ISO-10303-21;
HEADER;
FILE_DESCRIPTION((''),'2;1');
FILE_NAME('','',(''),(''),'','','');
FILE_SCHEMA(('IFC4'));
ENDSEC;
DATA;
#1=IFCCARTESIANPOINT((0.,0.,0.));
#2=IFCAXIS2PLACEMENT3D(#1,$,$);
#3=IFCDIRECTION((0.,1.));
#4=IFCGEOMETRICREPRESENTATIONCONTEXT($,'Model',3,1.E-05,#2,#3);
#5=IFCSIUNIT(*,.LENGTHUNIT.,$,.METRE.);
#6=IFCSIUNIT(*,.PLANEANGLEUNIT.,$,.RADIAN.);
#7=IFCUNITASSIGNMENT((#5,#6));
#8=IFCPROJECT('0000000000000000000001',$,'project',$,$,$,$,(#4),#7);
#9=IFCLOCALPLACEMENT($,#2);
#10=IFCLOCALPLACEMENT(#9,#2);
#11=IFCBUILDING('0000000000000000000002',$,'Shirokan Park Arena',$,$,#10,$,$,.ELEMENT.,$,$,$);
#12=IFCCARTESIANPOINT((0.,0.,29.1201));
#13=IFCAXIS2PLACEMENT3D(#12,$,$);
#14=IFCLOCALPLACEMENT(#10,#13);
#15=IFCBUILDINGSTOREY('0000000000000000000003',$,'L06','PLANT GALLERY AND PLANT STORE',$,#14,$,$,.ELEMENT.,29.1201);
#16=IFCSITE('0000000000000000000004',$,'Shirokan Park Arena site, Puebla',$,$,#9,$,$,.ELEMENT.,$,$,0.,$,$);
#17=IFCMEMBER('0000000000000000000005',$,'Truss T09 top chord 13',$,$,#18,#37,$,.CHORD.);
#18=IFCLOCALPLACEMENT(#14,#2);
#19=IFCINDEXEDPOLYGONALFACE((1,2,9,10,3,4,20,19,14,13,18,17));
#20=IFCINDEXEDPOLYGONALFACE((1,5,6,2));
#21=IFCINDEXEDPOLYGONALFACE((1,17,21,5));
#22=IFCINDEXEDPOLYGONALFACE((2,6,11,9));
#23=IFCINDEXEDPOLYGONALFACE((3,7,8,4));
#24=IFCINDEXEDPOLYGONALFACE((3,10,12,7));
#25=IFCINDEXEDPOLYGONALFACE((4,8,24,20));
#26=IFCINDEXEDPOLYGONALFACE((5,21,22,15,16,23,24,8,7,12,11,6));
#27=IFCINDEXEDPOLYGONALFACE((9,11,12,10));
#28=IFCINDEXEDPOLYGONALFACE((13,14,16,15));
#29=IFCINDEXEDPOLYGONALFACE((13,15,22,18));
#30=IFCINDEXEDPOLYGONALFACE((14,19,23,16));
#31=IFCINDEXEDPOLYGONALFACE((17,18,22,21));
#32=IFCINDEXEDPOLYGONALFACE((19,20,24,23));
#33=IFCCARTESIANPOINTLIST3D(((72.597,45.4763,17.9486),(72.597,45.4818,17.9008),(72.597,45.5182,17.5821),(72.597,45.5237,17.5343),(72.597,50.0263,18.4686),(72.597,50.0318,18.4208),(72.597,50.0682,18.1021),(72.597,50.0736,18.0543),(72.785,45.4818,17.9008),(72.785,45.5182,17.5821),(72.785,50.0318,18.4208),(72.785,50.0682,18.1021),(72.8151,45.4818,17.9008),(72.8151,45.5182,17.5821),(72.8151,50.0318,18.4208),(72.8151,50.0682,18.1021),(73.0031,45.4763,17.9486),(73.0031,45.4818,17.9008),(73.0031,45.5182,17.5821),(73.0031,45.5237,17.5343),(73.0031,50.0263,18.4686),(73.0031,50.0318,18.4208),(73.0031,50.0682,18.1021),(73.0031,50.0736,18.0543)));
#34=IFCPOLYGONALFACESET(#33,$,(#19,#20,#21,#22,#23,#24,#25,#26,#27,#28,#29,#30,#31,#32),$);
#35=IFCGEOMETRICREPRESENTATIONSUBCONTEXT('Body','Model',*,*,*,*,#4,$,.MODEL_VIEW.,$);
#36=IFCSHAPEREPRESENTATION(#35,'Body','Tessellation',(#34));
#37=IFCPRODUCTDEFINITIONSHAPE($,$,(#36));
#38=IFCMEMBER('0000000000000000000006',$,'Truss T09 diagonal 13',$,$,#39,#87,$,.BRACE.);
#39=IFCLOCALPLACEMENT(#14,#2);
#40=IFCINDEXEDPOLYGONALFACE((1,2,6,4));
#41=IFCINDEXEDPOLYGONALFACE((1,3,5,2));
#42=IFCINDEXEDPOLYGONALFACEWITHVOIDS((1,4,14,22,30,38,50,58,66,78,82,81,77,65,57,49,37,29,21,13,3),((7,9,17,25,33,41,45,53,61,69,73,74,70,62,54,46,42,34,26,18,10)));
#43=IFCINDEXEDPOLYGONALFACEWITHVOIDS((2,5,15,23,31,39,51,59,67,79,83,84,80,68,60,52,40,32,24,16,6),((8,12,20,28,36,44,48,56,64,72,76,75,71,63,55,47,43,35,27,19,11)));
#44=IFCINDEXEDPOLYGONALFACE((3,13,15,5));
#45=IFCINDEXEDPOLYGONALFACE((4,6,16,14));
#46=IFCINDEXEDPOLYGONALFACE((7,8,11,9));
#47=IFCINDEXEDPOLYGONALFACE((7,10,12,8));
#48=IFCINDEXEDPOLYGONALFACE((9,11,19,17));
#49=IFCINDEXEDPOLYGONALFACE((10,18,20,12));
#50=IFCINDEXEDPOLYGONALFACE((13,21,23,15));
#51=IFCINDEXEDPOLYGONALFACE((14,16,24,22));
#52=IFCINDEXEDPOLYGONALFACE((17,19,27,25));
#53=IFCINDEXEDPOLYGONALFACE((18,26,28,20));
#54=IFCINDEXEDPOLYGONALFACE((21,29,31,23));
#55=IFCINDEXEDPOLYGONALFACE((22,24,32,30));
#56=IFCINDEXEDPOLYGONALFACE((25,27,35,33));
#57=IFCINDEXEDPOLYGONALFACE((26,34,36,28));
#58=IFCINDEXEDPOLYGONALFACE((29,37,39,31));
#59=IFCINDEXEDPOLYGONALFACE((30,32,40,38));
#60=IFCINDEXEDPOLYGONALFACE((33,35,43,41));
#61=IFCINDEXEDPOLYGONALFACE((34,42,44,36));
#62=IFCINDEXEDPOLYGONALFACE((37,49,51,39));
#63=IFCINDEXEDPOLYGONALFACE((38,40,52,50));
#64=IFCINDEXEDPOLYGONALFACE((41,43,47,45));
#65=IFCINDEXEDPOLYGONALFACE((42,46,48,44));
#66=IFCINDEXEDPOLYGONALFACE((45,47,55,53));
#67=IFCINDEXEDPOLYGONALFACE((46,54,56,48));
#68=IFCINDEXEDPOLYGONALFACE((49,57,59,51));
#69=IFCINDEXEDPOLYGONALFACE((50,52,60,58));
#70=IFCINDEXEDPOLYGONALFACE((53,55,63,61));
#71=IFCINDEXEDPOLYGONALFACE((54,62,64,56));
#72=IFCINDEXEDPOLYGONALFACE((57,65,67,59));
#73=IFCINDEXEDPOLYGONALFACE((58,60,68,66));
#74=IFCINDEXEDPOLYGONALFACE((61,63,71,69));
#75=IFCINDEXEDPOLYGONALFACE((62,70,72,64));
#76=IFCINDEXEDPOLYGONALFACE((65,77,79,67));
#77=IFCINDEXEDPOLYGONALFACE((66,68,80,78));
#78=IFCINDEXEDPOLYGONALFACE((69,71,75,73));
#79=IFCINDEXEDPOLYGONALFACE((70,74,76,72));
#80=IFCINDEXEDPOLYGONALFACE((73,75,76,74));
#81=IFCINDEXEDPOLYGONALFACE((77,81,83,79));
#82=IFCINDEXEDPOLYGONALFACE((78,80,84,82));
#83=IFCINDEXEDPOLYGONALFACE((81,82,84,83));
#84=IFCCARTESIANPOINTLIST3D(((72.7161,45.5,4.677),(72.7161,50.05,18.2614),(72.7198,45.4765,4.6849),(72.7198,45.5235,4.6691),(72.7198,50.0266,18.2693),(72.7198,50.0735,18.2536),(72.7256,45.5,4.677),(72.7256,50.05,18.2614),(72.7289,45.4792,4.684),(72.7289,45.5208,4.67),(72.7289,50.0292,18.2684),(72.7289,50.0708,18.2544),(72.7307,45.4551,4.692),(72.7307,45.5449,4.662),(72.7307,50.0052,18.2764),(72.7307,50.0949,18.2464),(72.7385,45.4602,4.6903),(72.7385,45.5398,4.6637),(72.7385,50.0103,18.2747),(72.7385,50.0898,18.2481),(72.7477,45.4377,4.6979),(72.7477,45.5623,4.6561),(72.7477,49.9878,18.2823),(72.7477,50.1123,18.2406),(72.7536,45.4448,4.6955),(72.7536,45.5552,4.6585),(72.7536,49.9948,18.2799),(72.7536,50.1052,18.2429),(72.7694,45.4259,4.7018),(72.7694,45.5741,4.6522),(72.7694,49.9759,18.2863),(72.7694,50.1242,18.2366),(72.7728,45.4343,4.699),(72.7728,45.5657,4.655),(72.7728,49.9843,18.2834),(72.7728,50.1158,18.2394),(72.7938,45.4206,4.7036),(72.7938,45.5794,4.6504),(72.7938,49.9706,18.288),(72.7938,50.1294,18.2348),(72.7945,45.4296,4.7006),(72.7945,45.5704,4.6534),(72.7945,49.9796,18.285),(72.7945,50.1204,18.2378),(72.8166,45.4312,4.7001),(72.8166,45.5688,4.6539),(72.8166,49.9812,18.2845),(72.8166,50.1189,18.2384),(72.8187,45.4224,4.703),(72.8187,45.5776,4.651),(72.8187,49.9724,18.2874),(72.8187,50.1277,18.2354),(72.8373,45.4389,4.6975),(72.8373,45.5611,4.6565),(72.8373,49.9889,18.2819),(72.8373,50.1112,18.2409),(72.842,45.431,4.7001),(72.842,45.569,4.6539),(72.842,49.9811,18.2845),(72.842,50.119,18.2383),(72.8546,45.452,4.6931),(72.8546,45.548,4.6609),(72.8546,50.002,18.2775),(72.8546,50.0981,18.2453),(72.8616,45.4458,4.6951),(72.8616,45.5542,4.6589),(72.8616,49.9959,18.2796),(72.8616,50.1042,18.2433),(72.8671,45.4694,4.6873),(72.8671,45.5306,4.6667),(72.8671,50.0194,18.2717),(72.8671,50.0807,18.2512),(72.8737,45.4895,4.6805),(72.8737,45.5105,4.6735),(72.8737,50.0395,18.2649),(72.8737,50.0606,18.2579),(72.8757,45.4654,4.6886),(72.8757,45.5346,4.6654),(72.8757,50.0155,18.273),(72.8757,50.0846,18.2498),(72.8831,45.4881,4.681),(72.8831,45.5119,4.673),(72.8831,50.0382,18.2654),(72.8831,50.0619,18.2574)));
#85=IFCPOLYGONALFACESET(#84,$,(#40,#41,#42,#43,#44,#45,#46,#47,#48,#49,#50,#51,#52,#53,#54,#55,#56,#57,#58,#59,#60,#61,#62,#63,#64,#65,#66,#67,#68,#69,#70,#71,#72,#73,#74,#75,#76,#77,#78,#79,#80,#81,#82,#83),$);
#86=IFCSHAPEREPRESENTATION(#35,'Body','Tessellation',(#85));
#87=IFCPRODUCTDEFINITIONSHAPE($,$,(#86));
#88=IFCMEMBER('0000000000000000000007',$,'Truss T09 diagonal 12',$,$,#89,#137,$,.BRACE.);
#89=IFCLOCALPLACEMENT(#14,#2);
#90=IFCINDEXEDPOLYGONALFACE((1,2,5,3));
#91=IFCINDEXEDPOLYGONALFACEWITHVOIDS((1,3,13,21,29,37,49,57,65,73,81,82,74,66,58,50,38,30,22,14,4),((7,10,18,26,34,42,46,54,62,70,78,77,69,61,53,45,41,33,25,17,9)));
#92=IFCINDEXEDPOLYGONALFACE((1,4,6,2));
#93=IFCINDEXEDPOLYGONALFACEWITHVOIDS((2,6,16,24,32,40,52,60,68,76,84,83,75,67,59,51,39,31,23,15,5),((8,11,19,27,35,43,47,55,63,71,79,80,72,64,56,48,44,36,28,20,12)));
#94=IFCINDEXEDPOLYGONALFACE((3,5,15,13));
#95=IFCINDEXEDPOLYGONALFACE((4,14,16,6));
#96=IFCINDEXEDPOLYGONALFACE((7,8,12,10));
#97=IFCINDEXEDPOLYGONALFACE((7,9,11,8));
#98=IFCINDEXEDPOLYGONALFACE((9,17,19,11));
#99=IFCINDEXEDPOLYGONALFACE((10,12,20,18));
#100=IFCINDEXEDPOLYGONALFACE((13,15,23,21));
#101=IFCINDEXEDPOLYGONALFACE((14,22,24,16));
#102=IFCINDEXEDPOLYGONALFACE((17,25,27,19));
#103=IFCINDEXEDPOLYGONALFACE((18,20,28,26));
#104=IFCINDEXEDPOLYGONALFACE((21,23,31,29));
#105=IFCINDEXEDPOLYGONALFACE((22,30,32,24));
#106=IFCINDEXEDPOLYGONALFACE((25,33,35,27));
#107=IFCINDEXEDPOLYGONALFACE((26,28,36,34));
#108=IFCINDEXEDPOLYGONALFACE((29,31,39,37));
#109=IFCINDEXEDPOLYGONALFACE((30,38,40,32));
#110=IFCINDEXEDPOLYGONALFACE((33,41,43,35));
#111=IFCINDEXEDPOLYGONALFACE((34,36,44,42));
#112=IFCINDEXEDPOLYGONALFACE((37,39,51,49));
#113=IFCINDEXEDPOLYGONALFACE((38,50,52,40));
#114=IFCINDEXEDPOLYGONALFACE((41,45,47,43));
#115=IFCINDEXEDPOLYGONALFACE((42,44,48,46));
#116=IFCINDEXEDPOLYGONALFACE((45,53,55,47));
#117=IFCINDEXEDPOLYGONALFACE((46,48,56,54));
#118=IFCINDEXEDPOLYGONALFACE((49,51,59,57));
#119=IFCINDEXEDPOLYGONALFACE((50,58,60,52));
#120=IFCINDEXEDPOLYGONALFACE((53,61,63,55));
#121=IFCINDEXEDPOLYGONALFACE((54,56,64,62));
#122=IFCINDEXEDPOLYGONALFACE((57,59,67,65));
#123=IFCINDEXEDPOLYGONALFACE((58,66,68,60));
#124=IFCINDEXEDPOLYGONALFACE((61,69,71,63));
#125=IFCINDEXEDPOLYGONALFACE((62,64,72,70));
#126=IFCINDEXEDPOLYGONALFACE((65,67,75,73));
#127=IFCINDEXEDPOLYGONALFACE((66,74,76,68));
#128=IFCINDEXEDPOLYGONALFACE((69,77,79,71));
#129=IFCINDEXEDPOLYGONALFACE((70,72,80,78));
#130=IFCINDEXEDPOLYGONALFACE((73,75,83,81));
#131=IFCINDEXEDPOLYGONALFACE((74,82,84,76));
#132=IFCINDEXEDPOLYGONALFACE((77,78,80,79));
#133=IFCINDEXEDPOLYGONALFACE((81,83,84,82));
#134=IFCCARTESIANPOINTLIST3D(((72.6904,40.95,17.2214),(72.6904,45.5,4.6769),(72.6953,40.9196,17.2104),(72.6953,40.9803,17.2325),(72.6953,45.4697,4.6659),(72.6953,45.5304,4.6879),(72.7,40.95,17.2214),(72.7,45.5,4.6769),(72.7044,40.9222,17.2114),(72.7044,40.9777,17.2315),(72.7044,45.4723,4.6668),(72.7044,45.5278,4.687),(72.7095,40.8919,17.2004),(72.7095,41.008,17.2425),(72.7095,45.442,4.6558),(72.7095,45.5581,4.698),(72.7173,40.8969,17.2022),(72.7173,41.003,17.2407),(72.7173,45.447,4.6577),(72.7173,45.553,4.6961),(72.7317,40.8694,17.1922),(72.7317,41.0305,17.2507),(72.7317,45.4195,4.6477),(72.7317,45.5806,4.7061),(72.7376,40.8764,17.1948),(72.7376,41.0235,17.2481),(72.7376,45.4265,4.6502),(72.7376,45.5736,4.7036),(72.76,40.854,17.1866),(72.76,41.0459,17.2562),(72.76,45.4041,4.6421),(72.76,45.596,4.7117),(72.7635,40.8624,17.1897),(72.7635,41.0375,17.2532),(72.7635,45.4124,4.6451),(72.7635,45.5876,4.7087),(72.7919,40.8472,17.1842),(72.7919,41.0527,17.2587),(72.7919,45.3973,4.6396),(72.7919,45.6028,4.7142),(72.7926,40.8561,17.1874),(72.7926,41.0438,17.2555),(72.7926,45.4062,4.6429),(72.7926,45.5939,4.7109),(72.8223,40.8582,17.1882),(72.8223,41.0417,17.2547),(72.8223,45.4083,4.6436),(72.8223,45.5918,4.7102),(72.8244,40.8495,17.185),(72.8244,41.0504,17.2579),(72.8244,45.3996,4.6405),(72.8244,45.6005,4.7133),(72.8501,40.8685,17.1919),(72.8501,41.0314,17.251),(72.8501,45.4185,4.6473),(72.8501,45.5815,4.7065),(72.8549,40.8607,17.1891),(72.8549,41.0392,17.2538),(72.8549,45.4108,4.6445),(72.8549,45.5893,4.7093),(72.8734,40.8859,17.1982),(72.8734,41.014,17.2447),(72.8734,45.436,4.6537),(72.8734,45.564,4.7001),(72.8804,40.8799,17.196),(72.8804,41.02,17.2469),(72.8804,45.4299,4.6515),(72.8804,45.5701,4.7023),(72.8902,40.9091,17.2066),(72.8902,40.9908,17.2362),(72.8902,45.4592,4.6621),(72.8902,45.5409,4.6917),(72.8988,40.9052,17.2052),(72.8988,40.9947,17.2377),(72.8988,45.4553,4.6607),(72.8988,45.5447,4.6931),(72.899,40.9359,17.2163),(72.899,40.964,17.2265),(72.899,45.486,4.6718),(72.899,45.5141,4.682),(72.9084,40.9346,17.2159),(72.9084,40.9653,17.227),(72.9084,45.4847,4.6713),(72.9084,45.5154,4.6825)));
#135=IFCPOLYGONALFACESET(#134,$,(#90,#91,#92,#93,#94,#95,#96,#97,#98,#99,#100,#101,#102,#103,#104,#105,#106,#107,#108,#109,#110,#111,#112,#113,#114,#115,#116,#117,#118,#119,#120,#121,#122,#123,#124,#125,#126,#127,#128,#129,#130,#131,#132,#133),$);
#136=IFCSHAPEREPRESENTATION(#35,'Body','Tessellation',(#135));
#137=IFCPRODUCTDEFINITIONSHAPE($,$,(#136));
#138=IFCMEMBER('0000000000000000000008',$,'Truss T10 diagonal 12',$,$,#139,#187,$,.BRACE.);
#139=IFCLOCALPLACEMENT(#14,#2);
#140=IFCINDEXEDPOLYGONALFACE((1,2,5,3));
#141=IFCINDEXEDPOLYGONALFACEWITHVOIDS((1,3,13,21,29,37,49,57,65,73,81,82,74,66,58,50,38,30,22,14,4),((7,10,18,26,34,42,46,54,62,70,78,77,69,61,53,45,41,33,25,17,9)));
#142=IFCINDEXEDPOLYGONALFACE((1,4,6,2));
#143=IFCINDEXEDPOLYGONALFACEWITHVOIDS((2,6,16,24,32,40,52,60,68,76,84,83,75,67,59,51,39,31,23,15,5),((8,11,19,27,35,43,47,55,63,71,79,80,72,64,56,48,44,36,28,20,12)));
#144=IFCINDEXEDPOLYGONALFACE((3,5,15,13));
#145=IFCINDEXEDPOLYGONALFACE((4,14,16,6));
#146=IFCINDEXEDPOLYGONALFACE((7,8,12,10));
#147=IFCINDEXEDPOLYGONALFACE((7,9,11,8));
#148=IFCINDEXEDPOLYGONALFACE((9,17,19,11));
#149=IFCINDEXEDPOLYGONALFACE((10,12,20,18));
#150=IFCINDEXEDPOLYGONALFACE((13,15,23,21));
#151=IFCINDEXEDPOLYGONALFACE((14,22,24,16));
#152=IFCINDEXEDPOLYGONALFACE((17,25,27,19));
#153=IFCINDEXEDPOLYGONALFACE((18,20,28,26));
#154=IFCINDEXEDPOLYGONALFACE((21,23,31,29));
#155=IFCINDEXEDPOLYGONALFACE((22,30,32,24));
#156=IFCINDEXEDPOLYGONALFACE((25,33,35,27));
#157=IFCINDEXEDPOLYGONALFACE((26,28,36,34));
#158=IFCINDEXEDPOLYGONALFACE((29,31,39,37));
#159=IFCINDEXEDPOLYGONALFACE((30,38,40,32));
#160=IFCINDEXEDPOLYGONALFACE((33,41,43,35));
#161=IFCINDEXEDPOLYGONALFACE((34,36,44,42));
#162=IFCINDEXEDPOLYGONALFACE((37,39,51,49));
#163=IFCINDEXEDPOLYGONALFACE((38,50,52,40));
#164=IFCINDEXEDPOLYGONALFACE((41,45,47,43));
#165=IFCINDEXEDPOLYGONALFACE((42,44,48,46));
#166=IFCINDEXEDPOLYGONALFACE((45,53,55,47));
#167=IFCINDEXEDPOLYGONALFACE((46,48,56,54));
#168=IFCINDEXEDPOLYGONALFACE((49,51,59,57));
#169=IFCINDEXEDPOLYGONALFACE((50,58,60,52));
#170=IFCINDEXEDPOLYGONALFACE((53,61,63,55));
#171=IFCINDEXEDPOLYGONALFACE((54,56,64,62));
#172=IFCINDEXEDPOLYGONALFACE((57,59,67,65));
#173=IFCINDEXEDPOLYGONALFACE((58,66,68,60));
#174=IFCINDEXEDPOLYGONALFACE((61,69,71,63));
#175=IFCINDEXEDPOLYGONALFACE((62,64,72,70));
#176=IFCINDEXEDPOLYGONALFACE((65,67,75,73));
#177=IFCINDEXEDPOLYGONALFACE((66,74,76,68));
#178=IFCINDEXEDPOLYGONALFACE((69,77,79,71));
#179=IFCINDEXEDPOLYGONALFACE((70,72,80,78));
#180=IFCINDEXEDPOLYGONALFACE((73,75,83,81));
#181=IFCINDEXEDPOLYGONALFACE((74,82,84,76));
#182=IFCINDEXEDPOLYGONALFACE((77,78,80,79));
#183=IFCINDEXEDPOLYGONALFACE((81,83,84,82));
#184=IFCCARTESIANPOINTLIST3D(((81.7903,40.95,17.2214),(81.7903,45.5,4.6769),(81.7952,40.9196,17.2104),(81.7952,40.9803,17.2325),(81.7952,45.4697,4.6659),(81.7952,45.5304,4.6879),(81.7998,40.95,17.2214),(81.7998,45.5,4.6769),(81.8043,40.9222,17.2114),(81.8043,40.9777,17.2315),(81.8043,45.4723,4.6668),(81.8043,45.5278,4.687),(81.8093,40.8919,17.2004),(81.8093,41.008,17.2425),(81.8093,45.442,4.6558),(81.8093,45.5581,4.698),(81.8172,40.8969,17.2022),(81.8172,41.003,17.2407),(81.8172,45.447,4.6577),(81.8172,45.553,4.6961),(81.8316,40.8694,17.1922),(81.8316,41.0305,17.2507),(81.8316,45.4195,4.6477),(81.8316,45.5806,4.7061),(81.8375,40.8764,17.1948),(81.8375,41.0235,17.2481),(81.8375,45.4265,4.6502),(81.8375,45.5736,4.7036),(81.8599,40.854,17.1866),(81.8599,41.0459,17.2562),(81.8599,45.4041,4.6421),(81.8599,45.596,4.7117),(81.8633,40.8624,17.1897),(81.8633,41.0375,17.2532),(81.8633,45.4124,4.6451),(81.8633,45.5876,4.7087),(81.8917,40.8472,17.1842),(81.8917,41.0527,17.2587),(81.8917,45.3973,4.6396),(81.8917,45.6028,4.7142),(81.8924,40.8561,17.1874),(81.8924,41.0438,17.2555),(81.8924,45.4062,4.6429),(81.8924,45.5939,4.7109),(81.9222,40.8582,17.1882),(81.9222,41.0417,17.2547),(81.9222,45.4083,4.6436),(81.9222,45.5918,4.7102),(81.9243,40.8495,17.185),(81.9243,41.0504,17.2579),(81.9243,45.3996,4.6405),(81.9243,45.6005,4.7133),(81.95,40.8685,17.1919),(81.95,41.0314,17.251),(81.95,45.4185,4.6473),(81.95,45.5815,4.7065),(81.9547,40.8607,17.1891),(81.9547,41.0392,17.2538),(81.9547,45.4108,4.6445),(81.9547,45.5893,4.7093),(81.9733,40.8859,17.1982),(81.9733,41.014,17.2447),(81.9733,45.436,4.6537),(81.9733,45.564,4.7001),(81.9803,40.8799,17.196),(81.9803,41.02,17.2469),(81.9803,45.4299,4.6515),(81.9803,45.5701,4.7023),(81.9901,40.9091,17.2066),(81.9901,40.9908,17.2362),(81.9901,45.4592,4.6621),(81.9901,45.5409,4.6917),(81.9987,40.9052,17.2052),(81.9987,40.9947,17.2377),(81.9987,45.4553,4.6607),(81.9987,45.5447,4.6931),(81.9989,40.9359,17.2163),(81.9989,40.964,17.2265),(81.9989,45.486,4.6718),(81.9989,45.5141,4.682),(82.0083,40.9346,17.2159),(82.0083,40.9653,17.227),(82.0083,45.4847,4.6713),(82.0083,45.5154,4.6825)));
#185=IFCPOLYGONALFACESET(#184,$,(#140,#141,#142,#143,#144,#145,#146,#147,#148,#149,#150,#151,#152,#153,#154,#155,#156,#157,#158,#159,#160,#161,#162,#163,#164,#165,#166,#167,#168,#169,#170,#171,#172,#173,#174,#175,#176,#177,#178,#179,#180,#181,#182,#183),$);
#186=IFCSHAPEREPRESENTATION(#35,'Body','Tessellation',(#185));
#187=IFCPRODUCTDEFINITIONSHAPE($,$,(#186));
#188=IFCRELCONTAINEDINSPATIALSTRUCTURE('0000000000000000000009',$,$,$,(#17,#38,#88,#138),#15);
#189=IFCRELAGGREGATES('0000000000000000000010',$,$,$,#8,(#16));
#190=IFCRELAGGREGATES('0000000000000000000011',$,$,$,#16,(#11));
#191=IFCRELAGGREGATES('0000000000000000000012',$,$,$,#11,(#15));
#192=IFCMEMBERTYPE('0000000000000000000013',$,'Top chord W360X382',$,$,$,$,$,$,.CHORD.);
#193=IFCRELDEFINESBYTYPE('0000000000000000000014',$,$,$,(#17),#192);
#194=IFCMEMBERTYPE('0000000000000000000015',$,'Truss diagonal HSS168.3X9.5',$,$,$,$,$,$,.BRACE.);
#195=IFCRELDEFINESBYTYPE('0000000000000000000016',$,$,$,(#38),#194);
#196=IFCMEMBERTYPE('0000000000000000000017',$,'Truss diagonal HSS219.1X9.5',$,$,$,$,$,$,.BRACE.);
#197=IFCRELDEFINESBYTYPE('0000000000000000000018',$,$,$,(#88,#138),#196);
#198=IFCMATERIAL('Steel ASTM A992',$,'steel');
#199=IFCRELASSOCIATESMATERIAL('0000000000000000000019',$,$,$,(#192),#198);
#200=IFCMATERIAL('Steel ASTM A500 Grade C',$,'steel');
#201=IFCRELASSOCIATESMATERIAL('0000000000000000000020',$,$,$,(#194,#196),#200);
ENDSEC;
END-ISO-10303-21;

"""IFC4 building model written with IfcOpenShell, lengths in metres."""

from ifc_helpers import new_model, si_unit, direction, frame, origin, origin_2d, place, context, subcontext, project, spatial, hollow_circle, i_section, extrude, material, material_profile, profile_set, type_object, element, save


model = new_model("IFC4")

# Units and contexts
model_context = context("Model", 3, precision=1e-05, world=origin(), true_north=direction((0.0, 1.0)))
body_context = subcontext(model_context, "Body", "Model", "MODEL_VIEW")
ifc_project = project(units=[si_unit("LENGTHUNIT", "METRE"), si_unit("PLANEANGLEUNIT", "RADIAN")], contexts=[model_context])

# Site, building, storey
site_placement = place(None, origin())
site = spatial("IfcSite", under=ifc_project, at=site_placement, Name="Shirokan Park Arena site, Puebla", CompositionType="ELEMENT", RefElevation=0.0)
building_placement = place(site_placement, origin())
building = spatial("IfcBuilding", under=site, at=building_placement, Name="Shirokan Park Arena", CompositionType="ELEMENT")
storey_placement = place(building_placement, frame((0.0, 0.0, 29.1201)))
storey = spatial("IfcBuildingStorey", under=building, at=storey_placement, Name="L06", Description="PLANT GALLERY AND PLANT STORE", CompositionType="ELEMENT", Elevation=29.1201)

# Members
ifc_material_1 = material(Name="Steel ASTM A992", Category="steel")
ifc_material_profile_1 = material_profile(ifc_material_1, i_section(OverallWidth=0.406, OverallDepth=0.417, WebThickness=0.03, FlangeThickness=0.0481, at=origin_2d()), Name="W360X382")
ifc_profile_set_1 = profile_set([ifc_material_profile_1], Name="Steel ASTM A992")
member_type_1 = type_object("IfcMemberType", Name="Top chord W360X382", PredefinedType="CHORD", material=ifc_profile_set_1)
member_1_placement = place(storey_placement, frame((72.8, 45.5, 17.7415), z_axis=(0.0, 0.993532, 0.11355), x_axis=(-1.0, 0.0, 0.0)))
element("IfcMember", 1, at=member_1_placement, inside=storey, type_object=member_type_1, Name="Truss T09 top chord 13", PredefinedType="CHORD", context=body_context, shape_type="SweptSolid", body=[
    extrude(i_section(OverallWidth=0.406, OverallDepth=0.417, WebThickness=0.03, FlangeThickness=0.0481, at=origin_2d()), origin(), (0.0, 0.0, 1.0), 4.5796),
])
ifc_material_2 = material(Name="Steel ASTM A500 Grade C", Category="steel")
ifc_material_profile_2 = material_profile(ifc_material_2, hollow_circle(Radius=0.084, WallThickness=0.0095, at=origin_2d()), Name="HSS168.3X9.5")
ifc_profile_set_2 = profile_set([ifc_material_profile_2], Name="Steel ASTM A500 Grade C")
member_type_2 = type_object("IfcMemberType", Name="Truss diagonal HSS168.3X9.5", PredefinedType="BRACE", material=ifc_profile_set_2)
member_2_placement = place(storey_placement, frame((72.8, 45.5, 4.677), z_axis=(0.0, 0.317603, 0.948224), x_axis=(-1.0, 0.0, 0.0)))
element("IfcMember", 2, at=member_2_placement, inside=storey, type_object=member_type_2, Name="Truss T09 diagonal 13", PredefinedType="BRACE", context=body_context, shape_type="SweptSolid", body=[
    extrude(hollow_circle(Radius=0.084, WallThickness=0.0095, at=origin_2d()), origin(), (0.0, 0.0, 1.0), 14.3262),
])
ifc_material_profile_3 = material_profile(ifc_material_2, hollow_circle(Radius=0.1096, WallThickness=0.0095, at=origin_2d()), Name="HSS219.1X9.5")
ifc_profile_set_3 = profile_set([ifc_material_profile_3], Name="Steel ASTM A500 Grade C")
member_type_3 = type_object("IfcMemberType", Name="Truss diagonal HSS219.1X9.5", PredefinedType="BRACE", material=ifc_profile_set_3)
for number, where, z_axis, x_axis, name in (
    (3, (72.8, 40.95, 17.2214), (0.0, 0.340978, -0.940071), (-1.0, 0.0, 0.0), "Truss T09 diagonal 12"),
    (4, (81.8999, 40.95, 17.2214), (0.0, 0.340978, -0.940071), (-1.0, 0.0, 0.0), "Truss T10 diagonal 12"),
):
    element("IfcMember", number, at=place(storey_placement, frame(where, z_axis=z_axis, x_axis=x_axis)), inside=storey, type_object=member_type_3, Name=name, PredefinedType="BRACE", context=body_context, shape_type="SweptSolid", body=[
        extrude(hollow_circle(Radius=0.1096, WallThickness=0.0095, at=origin_2d()), origin(), (0.0, 0.0, 1.0), 13.3442),
    ])

save(model, "model.ifc")
